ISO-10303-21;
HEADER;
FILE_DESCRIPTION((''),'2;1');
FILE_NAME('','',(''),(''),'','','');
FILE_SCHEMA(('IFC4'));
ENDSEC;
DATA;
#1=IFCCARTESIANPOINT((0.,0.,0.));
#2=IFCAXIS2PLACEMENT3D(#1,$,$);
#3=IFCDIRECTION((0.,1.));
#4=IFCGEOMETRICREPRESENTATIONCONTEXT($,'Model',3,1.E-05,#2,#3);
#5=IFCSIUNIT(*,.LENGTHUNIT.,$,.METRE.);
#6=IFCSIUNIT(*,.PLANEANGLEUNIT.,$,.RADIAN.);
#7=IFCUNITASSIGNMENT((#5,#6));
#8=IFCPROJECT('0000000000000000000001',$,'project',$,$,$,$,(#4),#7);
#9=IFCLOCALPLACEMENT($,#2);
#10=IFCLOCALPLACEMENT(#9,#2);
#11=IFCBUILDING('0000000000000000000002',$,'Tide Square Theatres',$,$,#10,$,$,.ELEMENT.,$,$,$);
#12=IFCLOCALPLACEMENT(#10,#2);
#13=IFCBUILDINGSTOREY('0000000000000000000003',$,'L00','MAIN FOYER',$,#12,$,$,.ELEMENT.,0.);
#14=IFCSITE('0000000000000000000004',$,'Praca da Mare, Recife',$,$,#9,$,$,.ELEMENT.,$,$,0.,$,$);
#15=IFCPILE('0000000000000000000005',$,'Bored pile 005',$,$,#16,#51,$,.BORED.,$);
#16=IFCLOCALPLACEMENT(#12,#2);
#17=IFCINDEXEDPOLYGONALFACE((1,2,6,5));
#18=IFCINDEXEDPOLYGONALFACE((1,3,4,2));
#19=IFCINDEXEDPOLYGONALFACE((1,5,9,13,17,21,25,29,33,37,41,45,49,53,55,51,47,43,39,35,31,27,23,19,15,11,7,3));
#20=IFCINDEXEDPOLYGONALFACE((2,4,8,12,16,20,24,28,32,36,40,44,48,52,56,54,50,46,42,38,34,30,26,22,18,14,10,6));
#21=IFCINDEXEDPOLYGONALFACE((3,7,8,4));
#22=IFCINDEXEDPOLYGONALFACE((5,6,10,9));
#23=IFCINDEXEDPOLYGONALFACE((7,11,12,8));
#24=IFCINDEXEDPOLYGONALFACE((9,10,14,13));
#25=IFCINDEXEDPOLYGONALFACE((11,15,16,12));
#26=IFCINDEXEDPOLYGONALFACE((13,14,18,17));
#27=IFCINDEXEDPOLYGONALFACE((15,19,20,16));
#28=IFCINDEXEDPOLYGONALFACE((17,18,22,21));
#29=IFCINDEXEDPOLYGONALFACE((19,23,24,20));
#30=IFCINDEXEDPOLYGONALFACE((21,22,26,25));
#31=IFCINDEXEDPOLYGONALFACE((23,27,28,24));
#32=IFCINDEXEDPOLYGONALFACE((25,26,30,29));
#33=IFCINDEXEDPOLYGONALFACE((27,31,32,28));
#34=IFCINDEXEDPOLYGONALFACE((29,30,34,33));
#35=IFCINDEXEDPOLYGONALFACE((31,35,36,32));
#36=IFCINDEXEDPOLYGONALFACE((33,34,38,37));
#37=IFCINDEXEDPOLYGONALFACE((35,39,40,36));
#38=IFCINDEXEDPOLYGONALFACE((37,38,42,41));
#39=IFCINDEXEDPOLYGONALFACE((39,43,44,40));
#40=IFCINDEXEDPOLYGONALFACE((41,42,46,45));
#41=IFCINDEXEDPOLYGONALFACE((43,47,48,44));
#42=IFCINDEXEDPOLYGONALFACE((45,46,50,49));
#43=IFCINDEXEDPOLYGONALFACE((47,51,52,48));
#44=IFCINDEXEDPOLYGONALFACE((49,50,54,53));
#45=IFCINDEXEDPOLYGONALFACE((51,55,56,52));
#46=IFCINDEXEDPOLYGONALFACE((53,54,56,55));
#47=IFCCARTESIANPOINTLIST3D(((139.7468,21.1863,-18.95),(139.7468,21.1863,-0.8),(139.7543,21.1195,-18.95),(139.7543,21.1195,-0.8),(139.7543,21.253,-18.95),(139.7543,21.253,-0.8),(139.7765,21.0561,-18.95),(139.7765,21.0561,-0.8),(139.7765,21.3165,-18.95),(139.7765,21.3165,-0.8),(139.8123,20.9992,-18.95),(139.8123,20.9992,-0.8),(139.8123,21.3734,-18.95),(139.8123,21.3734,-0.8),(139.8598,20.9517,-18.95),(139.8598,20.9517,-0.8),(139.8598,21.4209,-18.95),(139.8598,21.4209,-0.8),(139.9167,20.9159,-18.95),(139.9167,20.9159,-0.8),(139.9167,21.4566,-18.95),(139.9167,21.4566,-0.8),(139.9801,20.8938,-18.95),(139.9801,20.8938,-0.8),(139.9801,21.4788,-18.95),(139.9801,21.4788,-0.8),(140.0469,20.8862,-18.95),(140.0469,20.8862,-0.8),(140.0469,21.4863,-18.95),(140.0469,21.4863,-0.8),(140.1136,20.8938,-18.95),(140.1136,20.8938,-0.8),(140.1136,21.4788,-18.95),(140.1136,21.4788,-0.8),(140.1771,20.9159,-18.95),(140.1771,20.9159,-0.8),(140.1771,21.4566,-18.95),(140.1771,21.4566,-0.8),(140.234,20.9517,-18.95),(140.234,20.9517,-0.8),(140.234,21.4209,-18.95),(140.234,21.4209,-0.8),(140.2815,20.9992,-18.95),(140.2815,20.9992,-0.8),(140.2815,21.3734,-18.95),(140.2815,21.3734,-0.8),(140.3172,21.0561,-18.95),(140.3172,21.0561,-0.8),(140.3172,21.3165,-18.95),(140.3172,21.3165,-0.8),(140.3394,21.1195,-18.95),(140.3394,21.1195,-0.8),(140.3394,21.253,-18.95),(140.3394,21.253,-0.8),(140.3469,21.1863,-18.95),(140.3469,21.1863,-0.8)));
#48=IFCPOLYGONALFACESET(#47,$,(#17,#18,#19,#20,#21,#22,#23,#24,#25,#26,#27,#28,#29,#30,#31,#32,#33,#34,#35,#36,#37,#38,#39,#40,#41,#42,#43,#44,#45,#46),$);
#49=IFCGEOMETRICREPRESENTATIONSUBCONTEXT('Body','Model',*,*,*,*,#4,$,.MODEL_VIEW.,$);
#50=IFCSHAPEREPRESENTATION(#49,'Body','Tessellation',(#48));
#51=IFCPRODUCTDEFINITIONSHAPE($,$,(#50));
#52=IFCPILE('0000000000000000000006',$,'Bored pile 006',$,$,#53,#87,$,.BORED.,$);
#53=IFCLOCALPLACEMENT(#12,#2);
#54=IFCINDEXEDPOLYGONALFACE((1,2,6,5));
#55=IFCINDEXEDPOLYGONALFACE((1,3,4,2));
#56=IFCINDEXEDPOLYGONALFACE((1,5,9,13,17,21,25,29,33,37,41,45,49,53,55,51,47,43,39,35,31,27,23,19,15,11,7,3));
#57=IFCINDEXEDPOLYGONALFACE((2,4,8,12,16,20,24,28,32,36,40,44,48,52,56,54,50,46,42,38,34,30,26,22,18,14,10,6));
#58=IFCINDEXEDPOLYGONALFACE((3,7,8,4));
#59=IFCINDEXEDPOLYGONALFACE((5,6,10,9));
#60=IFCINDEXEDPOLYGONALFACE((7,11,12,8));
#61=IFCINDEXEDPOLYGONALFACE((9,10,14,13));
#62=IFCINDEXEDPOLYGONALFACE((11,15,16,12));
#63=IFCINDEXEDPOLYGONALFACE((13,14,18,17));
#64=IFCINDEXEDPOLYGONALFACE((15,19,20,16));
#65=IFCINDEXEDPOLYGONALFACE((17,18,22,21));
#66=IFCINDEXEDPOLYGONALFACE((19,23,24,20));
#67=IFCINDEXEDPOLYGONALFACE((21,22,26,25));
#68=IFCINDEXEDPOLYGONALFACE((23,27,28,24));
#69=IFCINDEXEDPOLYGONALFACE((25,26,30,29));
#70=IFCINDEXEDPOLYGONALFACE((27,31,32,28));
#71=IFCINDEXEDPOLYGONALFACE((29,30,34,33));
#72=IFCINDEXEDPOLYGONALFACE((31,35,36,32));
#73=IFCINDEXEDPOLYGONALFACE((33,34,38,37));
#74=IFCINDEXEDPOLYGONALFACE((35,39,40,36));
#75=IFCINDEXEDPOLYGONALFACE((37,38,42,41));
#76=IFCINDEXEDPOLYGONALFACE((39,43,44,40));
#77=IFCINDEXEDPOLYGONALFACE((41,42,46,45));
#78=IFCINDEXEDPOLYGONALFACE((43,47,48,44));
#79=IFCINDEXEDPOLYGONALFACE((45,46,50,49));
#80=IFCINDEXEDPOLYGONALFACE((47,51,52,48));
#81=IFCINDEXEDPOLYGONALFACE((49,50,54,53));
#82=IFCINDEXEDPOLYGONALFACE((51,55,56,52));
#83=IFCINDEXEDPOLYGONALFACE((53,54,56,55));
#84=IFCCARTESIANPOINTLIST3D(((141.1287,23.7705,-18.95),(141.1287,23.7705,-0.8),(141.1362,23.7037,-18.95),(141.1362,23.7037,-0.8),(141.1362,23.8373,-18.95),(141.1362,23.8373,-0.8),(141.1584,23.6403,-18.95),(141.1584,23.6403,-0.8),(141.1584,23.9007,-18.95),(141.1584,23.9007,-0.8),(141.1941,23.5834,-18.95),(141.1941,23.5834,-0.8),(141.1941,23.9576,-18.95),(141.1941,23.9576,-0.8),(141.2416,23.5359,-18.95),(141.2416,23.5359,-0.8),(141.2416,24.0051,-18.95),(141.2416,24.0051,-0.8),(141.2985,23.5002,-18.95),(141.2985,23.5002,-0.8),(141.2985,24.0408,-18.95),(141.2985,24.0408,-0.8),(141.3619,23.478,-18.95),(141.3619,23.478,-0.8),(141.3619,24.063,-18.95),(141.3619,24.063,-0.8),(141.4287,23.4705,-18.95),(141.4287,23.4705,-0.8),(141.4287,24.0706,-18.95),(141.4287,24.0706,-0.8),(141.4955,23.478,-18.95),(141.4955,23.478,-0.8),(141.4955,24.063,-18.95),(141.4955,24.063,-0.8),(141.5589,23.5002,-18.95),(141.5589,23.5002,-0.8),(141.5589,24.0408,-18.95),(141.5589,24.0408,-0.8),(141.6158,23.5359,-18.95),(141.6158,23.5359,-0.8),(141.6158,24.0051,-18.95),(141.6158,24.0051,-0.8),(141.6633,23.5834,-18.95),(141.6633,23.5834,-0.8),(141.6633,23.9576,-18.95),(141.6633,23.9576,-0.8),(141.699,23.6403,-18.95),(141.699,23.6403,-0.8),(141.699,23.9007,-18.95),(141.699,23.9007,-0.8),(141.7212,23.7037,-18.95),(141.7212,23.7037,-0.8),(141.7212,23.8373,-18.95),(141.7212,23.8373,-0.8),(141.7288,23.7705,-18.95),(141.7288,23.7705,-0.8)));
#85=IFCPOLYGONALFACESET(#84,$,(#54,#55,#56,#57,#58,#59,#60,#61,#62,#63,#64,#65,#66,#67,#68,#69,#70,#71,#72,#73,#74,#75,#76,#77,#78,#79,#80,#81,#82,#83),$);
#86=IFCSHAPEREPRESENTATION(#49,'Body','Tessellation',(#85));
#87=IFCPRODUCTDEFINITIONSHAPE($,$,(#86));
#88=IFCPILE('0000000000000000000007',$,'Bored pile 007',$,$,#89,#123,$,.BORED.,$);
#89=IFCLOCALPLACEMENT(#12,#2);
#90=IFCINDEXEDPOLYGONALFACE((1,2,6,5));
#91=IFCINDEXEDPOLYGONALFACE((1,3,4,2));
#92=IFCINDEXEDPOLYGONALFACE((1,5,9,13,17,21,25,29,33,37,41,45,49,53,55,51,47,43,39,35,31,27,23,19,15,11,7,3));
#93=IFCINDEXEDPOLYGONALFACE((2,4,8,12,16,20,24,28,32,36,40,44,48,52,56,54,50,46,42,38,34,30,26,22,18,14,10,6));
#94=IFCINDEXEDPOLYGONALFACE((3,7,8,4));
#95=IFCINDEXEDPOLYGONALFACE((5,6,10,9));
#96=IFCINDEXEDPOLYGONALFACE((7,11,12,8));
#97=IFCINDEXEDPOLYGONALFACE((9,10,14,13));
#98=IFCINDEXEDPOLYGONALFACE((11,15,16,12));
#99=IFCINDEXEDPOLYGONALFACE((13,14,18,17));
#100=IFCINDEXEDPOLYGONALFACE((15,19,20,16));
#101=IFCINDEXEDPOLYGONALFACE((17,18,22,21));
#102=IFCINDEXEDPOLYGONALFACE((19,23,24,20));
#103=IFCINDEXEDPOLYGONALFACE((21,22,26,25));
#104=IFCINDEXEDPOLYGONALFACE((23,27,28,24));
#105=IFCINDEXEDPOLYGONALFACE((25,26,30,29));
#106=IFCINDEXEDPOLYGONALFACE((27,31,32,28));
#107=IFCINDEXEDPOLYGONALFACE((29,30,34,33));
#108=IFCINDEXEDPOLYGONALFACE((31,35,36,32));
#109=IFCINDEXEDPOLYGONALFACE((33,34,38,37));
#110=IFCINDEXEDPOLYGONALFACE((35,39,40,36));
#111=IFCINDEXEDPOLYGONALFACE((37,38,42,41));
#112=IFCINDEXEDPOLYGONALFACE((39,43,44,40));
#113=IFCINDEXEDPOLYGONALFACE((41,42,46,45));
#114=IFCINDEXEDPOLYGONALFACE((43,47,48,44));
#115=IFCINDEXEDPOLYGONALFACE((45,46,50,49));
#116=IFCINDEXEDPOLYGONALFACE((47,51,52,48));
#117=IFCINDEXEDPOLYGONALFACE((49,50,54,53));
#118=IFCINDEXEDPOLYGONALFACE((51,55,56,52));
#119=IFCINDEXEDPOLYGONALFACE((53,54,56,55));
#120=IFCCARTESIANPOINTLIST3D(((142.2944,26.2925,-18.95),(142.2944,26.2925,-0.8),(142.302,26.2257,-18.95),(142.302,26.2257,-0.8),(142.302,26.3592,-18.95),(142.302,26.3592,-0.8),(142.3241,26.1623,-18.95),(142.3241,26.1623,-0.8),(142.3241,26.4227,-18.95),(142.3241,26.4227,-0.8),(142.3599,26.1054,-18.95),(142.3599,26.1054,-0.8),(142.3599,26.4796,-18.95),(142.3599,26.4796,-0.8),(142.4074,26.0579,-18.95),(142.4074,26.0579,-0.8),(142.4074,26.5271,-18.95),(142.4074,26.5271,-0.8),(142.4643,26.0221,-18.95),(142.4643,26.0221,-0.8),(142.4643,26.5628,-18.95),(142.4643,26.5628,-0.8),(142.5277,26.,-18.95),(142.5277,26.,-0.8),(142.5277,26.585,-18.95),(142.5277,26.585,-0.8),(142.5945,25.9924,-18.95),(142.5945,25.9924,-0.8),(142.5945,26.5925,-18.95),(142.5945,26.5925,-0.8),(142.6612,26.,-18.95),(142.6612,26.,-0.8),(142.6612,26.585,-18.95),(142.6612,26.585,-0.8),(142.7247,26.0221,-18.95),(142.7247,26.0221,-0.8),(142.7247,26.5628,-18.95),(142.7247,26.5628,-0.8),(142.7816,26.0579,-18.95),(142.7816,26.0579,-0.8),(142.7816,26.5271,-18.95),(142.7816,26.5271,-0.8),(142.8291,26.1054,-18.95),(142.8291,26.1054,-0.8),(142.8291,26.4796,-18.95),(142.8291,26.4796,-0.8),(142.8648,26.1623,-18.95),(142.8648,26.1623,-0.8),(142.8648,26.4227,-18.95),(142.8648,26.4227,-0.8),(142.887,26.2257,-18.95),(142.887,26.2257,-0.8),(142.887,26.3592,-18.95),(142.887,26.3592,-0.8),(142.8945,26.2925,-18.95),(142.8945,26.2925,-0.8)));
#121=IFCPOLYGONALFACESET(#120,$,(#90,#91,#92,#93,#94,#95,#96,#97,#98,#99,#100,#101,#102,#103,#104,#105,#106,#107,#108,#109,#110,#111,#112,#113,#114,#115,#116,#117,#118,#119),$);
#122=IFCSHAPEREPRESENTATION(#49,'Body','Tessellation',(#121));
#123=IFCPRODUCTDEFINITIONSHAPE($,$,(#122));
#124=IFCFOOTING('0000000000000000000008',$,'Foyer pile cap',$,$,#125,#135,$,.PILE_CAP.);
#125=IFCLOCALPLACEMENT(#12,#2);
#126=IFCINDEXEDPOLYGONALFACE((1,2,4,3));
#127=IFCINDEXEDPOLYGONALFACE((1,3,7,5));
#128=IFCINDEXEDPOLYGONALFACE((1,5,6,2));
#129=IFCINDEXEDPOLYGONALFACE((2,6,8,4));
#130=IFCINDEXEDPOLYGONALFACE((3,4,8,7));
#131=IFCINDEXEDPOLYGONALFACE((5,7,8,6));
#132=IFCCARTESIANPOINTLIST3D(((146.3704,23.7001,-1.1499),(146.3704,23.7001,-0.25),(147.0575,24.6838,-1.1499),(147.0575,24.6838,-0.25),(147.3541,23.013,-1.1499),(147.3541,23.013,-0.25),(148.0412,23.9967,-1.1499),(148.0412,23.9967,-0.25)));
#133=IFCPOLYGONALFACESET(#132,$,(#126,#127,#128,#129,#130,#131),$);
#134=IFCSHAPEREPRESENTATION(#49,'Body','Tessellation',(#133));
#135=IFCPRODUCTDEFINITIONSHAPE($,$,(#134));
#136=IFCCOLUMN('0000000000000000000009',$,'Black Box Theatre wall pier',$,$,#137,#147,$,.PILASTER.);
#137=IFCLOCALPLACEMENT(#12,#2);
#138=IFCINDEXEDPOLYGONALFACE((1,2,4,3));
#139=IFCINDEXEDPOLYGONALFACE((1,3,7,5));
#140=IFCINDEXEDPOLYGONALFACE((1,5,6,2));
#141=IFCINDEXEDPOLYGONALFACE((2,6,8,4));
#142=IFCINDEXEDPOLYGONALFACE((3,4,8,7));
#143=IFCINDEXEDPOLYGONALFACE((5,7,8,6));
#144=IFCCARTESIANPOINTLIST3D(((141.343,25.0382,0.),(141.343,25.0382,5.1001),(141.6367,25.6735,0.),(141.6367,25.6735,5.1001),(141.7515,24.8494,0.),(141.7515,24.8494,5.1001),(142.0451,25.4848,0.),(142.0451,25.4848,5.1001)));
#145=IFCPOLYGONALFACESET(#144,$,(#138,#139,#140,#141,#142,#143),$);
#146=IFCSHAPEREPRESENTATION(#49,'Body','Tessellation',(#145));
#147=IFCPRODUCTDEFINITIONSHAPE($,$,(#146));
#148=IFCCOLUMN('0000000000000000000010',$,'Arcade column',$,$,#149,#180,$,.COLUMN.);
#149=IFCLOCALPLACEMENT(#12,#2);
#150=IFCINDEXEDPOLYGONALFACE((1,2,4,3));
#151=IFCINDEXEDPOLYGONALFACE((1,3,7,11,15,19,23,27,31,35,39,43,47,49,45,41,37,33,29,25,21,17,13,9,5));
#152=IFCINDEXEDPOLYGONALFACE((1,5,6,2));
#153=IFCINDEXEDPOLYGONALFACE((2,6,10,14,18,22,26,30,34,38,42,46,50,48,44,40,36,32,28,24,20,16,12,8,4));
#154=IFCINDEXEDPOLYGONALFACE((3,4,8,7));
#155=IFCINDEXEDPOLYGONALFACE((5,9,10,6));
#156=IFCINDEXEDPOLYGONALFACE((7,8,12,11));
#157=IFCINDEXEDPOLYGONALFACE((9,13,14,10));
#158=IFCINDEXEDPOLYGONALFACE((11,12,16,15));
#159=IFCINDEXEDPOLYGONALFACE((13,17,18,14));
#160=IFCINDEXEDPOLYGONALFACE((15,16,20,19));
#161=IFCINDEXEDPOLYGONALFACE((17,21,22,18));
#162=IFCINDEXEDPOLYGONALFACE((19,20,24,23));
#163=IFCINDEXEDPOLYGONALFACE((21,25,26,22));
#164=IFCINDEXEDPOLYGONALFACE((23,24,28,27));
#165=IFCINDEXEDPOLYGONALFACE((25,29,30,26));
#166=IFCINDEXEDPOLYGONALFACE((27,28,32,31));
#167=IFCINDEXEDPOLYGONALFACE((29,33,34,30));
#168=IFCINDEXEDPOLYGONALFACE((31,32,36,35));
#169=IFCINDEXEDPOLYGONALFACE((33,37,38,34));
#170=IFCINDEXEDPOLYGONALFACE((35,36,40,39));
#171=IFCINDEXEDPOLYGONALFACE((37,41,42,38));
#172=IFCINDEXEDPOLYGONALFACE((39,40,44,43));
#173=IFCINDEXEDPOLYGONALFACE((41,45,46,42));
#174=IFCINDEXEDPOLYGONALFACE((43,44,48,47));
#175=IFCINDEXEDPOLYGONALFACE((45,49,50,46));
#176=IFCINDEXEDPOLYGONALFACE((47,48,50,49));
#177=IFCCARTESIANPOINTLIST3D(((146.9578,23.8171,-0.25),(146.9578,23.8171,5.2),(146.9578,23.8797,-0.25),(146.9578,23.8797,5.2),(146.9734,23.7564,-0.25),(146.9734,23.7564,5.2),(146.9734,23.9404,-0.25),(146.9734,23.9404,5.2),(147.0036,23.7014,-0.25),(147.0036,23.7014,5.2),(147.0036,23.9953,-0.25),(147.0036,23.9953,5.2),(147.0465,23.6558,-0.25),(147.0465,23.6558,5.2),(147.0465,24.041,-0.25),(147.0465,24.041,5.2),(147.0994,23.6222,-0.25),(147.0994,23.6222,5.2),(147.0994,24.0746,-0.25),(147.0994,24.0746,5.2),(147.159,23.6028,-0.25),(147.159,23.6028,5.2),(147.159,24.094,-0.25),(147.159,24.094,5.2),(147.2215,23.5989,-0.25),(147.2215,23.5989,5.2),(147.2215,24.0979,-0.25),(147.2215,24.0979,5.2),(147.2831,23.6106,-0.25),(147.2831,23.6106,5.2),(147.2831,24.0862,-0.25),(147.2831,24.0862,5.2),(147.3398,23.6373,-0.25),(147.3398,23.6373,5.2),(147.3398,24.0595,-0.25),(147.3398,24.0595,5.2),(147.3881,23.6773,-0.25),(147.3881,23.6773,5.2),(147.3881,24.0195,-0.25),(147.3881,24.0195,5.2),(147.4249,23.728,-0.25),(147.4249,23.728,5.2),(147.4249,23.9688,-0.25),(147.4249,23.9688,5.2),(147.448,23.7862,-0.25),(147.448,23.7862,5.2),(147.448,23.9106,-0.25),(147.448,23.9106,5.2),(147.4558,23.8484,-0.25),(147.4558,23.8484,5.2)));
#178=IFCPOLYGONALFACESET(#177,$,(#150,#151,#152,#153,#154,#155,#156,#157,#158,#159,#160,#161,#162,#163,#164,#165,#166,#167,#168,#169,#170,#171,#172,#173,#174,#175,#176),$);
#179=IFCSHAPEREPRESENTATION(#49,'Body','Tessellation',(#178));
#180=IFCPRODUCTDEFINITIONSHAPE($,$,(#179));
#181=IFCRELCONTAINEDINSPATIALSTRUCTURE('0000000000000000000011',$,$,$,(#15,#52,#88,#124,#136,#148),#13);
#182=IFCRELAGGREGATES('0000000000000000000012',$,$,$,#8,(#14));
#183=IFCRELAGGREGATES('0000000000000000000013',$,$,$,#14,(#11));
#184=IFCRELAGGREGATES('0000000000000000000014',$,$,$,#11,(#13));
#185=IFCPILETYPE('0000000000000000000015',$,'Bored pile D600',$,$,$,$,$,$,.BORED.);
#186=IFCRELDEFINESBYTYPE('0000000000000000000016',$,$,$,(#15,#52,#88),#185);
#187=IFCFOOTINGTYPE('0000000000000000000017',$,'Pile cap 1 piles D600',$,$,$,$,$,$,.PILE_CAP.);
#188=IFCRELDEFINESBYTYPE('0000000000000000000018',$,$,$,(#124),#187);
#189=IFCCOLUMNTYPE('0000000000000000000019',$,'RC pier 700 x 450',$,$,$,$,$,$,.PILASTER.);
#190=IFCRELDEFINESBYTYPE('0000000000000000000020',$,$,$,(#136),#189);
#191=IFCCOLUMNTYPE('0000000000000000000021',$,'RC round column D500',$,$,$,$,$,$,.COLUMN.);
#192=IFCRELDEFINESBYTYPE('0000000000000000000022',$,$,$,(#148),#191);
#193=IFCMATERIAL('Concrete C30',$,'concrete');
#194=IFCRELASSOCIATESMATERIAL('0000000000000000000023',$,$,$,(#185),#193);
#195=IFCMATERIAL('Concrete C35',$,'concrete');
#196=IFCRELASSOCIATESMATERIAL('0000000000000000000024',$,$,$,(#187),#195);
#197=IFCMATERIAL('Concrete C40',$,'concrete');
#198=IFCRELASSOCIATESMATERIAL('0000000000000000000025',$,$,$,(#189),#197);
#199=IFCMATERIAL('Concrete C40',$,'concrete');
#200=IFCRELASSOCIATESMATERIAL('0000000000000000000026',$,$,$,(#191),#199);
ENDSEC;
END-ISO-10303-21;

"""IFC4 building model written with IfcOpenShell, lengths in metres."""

from ifc_helpers import new_model, si_unit, direction, frame, origin, origin_2d, place, context, subcontext, project, spatial, rectangle, circle, extrude, material, material_profile, profile_set, type_object, element, save


model = new_model("IFC4")

# Units and contexts
model_context = context("Model", 3, precision=1e-05, world=origin(), true_north=direction((0.0, 1.0)))
body_context = subcontext(model_context, "Body", "Model", "MODEL_VIEW")
ifc_project = project(units=[si_unit("LENGTHUNIT", "METRE"), si_unit("PLANEANGLEUNIT", "RADIAN")], contexts=[model_context])

# Site, building, storey
site_placement = place(None, origin())
site = spatial("IfcSite", under=ifc_project, at=site_placement, Name="Praca da Mare, Recife", CompositionType="ELEMENT", RefElevation=0.0)
building_placement = place(site_placement, origin())
building = spatial("IfcBuilding", under=site, at=building_placement, Name="Tide Square Theatres", CompositionType="ELEMENT")
storey_placement = place(building_placement, origin())
storey = spatial("IfcBuildingStorey", under=building, at=storey_placement, Name="L00", Description="MAIN FOYER", CompositionType="ELEMENT", Elevation=0.0)

# Piles
ifc_material_1 = material(Name="Concrete C30", Category="concrete")
ifc_material_profile_1 = material_profile(ifc_material_1, circle(Radius=0.3, at=origin_2d()))
ifc_profile_set_1 = profile_set([ifc_material_profile_1], Name="Concrete C30")
pile_type_1 = type_object("IfcPileType", Name="Bored pile D600", PredefinedType="BORED", material=ifc_profile_set_1)
for number, where, z_axis, x_axis, name in (
    (1, (140.0469, 21.1863, -0.8), (0.0, 0.0, -1.0), (1.0, 0.0, 0.0), "Bored pile 005"),
    (2, (141.4287, 23.7705, -0.8), (0.0, 0.0, -1.0), (1.0, 0.0, 0.0), "Bored pile 006"),
    (3, (142.5945, 26.2925, -0.8), (0.0, 0.0, -1.0), (1.0, 0.0, 0.0), "Bored pile 007"),
):
    element("IfcPile", number, at=place(storey_placement, frame(where, z_axis=z_axis, x_axis=x_axis)), inside=storey, type_object=pile_type_1, Name=name, PredefinedType="BORED", context=body_context, shape_type="SweptSolid", body=[
        extrude(circle(Radius=0.3, at=origin_2d()), origin(), (0.0, 0.0, 1.0), 18.1499),
    ])

# Footing
ifc_material_2 = material(Name="Concrete C35", Category="concrete")
footing_type = type_object("IfcFootingType", Name="Pile cap 1 piles D600", PredefinedType="PILE_CAP", material=ifc_material_2)
footing_placement = place(storey_placement, frame((147.2058, 23.8484, -1.1499), z_axis=(0.0, 0.0, 1.0), x_axis=(0.572657, 0.819795, 0.0)))
element("IfcFooting", 4, at=footing_placement, inside=storey, type_object=footing_type, Name="Foyer pile cap", PredefinedType="PILE_CAP", context=body_context, shape_type="SweptSolid", body=[
    extrude(rectangle(XDim=1.2, YDim=1.2, at=origin_2d()), origin(), (0.0, 0.0, 1.0), 0.8999),
])

# Columns
ifc_material_3 = material(Name="Concrete C40", Category="concrete")
ifc_material_profile_2 = material_profile(ifc_material_3, rectangle(XDim=0.7, YDim=0.45, at=origin_2d()))
ifc_profile_set_2 = profile_set([ifc_material_profile_2], Name="Concrete C40")
column_type_1 = type_object("IfcColumnType", Name="RC pier 700 x 450", PredefinedType="PILASTER", material=ifc_profile_set_2)
column_1_placement = place(storey_placement, frame((141.6941, 25.2615, 0.0), z_axis=(0.0, 0.0, 1.0), x_axis=(0.41956, 0.907728, 0.0)))
element("IfcColumn", 5, at=column_1_placement, inside=storey, type_object=column_type_1, Name="Black Box Theatre wall pier", PredefinedType="PILASTER", context=body_context, shape_type="SweptSolid", body=[
    extrude(rectangle(XDim=0.7, YDim=0.45, at=origin_2d()), origin(), (0.0, 0.0, 1.0), 5.1001),
])
ifc_material_4 = material(Name="Concrete C40", Category="concrete")
ifc_material_profile_3 = material_profile(ifc_material_4, circle(Radius=0.25, at=origin_2d()))
ifc_profile_set_3 = profile_set([ifc_material_profile_3], Name="Concrete C40")
column_type_2 = type_object("IfcColumnType", Name="RC round column D500", PredefinedType="COLUMN", material=ifc_profile_set_3)
column_2_placement = place(storey_placement, frame((147.2058, 23.8484, -0.25), z_axis=(0.0, 0.0, 1.0), x_axis=(1.0, 0.0, 0.0)))
element("IfcColumn", 6, at=column_2_placement, inside=storey, type_object=column_type_2, Name="Arcade column", PredefinedType="COLUMN", context=body_context, shape_type="SweptSolid", body=[
    extrude(circle(Radius=0.25, at=origin_2d()), origin(), (0.0, 0.0, 1.0), 5.45),
])

save(model, "model.ifc")
